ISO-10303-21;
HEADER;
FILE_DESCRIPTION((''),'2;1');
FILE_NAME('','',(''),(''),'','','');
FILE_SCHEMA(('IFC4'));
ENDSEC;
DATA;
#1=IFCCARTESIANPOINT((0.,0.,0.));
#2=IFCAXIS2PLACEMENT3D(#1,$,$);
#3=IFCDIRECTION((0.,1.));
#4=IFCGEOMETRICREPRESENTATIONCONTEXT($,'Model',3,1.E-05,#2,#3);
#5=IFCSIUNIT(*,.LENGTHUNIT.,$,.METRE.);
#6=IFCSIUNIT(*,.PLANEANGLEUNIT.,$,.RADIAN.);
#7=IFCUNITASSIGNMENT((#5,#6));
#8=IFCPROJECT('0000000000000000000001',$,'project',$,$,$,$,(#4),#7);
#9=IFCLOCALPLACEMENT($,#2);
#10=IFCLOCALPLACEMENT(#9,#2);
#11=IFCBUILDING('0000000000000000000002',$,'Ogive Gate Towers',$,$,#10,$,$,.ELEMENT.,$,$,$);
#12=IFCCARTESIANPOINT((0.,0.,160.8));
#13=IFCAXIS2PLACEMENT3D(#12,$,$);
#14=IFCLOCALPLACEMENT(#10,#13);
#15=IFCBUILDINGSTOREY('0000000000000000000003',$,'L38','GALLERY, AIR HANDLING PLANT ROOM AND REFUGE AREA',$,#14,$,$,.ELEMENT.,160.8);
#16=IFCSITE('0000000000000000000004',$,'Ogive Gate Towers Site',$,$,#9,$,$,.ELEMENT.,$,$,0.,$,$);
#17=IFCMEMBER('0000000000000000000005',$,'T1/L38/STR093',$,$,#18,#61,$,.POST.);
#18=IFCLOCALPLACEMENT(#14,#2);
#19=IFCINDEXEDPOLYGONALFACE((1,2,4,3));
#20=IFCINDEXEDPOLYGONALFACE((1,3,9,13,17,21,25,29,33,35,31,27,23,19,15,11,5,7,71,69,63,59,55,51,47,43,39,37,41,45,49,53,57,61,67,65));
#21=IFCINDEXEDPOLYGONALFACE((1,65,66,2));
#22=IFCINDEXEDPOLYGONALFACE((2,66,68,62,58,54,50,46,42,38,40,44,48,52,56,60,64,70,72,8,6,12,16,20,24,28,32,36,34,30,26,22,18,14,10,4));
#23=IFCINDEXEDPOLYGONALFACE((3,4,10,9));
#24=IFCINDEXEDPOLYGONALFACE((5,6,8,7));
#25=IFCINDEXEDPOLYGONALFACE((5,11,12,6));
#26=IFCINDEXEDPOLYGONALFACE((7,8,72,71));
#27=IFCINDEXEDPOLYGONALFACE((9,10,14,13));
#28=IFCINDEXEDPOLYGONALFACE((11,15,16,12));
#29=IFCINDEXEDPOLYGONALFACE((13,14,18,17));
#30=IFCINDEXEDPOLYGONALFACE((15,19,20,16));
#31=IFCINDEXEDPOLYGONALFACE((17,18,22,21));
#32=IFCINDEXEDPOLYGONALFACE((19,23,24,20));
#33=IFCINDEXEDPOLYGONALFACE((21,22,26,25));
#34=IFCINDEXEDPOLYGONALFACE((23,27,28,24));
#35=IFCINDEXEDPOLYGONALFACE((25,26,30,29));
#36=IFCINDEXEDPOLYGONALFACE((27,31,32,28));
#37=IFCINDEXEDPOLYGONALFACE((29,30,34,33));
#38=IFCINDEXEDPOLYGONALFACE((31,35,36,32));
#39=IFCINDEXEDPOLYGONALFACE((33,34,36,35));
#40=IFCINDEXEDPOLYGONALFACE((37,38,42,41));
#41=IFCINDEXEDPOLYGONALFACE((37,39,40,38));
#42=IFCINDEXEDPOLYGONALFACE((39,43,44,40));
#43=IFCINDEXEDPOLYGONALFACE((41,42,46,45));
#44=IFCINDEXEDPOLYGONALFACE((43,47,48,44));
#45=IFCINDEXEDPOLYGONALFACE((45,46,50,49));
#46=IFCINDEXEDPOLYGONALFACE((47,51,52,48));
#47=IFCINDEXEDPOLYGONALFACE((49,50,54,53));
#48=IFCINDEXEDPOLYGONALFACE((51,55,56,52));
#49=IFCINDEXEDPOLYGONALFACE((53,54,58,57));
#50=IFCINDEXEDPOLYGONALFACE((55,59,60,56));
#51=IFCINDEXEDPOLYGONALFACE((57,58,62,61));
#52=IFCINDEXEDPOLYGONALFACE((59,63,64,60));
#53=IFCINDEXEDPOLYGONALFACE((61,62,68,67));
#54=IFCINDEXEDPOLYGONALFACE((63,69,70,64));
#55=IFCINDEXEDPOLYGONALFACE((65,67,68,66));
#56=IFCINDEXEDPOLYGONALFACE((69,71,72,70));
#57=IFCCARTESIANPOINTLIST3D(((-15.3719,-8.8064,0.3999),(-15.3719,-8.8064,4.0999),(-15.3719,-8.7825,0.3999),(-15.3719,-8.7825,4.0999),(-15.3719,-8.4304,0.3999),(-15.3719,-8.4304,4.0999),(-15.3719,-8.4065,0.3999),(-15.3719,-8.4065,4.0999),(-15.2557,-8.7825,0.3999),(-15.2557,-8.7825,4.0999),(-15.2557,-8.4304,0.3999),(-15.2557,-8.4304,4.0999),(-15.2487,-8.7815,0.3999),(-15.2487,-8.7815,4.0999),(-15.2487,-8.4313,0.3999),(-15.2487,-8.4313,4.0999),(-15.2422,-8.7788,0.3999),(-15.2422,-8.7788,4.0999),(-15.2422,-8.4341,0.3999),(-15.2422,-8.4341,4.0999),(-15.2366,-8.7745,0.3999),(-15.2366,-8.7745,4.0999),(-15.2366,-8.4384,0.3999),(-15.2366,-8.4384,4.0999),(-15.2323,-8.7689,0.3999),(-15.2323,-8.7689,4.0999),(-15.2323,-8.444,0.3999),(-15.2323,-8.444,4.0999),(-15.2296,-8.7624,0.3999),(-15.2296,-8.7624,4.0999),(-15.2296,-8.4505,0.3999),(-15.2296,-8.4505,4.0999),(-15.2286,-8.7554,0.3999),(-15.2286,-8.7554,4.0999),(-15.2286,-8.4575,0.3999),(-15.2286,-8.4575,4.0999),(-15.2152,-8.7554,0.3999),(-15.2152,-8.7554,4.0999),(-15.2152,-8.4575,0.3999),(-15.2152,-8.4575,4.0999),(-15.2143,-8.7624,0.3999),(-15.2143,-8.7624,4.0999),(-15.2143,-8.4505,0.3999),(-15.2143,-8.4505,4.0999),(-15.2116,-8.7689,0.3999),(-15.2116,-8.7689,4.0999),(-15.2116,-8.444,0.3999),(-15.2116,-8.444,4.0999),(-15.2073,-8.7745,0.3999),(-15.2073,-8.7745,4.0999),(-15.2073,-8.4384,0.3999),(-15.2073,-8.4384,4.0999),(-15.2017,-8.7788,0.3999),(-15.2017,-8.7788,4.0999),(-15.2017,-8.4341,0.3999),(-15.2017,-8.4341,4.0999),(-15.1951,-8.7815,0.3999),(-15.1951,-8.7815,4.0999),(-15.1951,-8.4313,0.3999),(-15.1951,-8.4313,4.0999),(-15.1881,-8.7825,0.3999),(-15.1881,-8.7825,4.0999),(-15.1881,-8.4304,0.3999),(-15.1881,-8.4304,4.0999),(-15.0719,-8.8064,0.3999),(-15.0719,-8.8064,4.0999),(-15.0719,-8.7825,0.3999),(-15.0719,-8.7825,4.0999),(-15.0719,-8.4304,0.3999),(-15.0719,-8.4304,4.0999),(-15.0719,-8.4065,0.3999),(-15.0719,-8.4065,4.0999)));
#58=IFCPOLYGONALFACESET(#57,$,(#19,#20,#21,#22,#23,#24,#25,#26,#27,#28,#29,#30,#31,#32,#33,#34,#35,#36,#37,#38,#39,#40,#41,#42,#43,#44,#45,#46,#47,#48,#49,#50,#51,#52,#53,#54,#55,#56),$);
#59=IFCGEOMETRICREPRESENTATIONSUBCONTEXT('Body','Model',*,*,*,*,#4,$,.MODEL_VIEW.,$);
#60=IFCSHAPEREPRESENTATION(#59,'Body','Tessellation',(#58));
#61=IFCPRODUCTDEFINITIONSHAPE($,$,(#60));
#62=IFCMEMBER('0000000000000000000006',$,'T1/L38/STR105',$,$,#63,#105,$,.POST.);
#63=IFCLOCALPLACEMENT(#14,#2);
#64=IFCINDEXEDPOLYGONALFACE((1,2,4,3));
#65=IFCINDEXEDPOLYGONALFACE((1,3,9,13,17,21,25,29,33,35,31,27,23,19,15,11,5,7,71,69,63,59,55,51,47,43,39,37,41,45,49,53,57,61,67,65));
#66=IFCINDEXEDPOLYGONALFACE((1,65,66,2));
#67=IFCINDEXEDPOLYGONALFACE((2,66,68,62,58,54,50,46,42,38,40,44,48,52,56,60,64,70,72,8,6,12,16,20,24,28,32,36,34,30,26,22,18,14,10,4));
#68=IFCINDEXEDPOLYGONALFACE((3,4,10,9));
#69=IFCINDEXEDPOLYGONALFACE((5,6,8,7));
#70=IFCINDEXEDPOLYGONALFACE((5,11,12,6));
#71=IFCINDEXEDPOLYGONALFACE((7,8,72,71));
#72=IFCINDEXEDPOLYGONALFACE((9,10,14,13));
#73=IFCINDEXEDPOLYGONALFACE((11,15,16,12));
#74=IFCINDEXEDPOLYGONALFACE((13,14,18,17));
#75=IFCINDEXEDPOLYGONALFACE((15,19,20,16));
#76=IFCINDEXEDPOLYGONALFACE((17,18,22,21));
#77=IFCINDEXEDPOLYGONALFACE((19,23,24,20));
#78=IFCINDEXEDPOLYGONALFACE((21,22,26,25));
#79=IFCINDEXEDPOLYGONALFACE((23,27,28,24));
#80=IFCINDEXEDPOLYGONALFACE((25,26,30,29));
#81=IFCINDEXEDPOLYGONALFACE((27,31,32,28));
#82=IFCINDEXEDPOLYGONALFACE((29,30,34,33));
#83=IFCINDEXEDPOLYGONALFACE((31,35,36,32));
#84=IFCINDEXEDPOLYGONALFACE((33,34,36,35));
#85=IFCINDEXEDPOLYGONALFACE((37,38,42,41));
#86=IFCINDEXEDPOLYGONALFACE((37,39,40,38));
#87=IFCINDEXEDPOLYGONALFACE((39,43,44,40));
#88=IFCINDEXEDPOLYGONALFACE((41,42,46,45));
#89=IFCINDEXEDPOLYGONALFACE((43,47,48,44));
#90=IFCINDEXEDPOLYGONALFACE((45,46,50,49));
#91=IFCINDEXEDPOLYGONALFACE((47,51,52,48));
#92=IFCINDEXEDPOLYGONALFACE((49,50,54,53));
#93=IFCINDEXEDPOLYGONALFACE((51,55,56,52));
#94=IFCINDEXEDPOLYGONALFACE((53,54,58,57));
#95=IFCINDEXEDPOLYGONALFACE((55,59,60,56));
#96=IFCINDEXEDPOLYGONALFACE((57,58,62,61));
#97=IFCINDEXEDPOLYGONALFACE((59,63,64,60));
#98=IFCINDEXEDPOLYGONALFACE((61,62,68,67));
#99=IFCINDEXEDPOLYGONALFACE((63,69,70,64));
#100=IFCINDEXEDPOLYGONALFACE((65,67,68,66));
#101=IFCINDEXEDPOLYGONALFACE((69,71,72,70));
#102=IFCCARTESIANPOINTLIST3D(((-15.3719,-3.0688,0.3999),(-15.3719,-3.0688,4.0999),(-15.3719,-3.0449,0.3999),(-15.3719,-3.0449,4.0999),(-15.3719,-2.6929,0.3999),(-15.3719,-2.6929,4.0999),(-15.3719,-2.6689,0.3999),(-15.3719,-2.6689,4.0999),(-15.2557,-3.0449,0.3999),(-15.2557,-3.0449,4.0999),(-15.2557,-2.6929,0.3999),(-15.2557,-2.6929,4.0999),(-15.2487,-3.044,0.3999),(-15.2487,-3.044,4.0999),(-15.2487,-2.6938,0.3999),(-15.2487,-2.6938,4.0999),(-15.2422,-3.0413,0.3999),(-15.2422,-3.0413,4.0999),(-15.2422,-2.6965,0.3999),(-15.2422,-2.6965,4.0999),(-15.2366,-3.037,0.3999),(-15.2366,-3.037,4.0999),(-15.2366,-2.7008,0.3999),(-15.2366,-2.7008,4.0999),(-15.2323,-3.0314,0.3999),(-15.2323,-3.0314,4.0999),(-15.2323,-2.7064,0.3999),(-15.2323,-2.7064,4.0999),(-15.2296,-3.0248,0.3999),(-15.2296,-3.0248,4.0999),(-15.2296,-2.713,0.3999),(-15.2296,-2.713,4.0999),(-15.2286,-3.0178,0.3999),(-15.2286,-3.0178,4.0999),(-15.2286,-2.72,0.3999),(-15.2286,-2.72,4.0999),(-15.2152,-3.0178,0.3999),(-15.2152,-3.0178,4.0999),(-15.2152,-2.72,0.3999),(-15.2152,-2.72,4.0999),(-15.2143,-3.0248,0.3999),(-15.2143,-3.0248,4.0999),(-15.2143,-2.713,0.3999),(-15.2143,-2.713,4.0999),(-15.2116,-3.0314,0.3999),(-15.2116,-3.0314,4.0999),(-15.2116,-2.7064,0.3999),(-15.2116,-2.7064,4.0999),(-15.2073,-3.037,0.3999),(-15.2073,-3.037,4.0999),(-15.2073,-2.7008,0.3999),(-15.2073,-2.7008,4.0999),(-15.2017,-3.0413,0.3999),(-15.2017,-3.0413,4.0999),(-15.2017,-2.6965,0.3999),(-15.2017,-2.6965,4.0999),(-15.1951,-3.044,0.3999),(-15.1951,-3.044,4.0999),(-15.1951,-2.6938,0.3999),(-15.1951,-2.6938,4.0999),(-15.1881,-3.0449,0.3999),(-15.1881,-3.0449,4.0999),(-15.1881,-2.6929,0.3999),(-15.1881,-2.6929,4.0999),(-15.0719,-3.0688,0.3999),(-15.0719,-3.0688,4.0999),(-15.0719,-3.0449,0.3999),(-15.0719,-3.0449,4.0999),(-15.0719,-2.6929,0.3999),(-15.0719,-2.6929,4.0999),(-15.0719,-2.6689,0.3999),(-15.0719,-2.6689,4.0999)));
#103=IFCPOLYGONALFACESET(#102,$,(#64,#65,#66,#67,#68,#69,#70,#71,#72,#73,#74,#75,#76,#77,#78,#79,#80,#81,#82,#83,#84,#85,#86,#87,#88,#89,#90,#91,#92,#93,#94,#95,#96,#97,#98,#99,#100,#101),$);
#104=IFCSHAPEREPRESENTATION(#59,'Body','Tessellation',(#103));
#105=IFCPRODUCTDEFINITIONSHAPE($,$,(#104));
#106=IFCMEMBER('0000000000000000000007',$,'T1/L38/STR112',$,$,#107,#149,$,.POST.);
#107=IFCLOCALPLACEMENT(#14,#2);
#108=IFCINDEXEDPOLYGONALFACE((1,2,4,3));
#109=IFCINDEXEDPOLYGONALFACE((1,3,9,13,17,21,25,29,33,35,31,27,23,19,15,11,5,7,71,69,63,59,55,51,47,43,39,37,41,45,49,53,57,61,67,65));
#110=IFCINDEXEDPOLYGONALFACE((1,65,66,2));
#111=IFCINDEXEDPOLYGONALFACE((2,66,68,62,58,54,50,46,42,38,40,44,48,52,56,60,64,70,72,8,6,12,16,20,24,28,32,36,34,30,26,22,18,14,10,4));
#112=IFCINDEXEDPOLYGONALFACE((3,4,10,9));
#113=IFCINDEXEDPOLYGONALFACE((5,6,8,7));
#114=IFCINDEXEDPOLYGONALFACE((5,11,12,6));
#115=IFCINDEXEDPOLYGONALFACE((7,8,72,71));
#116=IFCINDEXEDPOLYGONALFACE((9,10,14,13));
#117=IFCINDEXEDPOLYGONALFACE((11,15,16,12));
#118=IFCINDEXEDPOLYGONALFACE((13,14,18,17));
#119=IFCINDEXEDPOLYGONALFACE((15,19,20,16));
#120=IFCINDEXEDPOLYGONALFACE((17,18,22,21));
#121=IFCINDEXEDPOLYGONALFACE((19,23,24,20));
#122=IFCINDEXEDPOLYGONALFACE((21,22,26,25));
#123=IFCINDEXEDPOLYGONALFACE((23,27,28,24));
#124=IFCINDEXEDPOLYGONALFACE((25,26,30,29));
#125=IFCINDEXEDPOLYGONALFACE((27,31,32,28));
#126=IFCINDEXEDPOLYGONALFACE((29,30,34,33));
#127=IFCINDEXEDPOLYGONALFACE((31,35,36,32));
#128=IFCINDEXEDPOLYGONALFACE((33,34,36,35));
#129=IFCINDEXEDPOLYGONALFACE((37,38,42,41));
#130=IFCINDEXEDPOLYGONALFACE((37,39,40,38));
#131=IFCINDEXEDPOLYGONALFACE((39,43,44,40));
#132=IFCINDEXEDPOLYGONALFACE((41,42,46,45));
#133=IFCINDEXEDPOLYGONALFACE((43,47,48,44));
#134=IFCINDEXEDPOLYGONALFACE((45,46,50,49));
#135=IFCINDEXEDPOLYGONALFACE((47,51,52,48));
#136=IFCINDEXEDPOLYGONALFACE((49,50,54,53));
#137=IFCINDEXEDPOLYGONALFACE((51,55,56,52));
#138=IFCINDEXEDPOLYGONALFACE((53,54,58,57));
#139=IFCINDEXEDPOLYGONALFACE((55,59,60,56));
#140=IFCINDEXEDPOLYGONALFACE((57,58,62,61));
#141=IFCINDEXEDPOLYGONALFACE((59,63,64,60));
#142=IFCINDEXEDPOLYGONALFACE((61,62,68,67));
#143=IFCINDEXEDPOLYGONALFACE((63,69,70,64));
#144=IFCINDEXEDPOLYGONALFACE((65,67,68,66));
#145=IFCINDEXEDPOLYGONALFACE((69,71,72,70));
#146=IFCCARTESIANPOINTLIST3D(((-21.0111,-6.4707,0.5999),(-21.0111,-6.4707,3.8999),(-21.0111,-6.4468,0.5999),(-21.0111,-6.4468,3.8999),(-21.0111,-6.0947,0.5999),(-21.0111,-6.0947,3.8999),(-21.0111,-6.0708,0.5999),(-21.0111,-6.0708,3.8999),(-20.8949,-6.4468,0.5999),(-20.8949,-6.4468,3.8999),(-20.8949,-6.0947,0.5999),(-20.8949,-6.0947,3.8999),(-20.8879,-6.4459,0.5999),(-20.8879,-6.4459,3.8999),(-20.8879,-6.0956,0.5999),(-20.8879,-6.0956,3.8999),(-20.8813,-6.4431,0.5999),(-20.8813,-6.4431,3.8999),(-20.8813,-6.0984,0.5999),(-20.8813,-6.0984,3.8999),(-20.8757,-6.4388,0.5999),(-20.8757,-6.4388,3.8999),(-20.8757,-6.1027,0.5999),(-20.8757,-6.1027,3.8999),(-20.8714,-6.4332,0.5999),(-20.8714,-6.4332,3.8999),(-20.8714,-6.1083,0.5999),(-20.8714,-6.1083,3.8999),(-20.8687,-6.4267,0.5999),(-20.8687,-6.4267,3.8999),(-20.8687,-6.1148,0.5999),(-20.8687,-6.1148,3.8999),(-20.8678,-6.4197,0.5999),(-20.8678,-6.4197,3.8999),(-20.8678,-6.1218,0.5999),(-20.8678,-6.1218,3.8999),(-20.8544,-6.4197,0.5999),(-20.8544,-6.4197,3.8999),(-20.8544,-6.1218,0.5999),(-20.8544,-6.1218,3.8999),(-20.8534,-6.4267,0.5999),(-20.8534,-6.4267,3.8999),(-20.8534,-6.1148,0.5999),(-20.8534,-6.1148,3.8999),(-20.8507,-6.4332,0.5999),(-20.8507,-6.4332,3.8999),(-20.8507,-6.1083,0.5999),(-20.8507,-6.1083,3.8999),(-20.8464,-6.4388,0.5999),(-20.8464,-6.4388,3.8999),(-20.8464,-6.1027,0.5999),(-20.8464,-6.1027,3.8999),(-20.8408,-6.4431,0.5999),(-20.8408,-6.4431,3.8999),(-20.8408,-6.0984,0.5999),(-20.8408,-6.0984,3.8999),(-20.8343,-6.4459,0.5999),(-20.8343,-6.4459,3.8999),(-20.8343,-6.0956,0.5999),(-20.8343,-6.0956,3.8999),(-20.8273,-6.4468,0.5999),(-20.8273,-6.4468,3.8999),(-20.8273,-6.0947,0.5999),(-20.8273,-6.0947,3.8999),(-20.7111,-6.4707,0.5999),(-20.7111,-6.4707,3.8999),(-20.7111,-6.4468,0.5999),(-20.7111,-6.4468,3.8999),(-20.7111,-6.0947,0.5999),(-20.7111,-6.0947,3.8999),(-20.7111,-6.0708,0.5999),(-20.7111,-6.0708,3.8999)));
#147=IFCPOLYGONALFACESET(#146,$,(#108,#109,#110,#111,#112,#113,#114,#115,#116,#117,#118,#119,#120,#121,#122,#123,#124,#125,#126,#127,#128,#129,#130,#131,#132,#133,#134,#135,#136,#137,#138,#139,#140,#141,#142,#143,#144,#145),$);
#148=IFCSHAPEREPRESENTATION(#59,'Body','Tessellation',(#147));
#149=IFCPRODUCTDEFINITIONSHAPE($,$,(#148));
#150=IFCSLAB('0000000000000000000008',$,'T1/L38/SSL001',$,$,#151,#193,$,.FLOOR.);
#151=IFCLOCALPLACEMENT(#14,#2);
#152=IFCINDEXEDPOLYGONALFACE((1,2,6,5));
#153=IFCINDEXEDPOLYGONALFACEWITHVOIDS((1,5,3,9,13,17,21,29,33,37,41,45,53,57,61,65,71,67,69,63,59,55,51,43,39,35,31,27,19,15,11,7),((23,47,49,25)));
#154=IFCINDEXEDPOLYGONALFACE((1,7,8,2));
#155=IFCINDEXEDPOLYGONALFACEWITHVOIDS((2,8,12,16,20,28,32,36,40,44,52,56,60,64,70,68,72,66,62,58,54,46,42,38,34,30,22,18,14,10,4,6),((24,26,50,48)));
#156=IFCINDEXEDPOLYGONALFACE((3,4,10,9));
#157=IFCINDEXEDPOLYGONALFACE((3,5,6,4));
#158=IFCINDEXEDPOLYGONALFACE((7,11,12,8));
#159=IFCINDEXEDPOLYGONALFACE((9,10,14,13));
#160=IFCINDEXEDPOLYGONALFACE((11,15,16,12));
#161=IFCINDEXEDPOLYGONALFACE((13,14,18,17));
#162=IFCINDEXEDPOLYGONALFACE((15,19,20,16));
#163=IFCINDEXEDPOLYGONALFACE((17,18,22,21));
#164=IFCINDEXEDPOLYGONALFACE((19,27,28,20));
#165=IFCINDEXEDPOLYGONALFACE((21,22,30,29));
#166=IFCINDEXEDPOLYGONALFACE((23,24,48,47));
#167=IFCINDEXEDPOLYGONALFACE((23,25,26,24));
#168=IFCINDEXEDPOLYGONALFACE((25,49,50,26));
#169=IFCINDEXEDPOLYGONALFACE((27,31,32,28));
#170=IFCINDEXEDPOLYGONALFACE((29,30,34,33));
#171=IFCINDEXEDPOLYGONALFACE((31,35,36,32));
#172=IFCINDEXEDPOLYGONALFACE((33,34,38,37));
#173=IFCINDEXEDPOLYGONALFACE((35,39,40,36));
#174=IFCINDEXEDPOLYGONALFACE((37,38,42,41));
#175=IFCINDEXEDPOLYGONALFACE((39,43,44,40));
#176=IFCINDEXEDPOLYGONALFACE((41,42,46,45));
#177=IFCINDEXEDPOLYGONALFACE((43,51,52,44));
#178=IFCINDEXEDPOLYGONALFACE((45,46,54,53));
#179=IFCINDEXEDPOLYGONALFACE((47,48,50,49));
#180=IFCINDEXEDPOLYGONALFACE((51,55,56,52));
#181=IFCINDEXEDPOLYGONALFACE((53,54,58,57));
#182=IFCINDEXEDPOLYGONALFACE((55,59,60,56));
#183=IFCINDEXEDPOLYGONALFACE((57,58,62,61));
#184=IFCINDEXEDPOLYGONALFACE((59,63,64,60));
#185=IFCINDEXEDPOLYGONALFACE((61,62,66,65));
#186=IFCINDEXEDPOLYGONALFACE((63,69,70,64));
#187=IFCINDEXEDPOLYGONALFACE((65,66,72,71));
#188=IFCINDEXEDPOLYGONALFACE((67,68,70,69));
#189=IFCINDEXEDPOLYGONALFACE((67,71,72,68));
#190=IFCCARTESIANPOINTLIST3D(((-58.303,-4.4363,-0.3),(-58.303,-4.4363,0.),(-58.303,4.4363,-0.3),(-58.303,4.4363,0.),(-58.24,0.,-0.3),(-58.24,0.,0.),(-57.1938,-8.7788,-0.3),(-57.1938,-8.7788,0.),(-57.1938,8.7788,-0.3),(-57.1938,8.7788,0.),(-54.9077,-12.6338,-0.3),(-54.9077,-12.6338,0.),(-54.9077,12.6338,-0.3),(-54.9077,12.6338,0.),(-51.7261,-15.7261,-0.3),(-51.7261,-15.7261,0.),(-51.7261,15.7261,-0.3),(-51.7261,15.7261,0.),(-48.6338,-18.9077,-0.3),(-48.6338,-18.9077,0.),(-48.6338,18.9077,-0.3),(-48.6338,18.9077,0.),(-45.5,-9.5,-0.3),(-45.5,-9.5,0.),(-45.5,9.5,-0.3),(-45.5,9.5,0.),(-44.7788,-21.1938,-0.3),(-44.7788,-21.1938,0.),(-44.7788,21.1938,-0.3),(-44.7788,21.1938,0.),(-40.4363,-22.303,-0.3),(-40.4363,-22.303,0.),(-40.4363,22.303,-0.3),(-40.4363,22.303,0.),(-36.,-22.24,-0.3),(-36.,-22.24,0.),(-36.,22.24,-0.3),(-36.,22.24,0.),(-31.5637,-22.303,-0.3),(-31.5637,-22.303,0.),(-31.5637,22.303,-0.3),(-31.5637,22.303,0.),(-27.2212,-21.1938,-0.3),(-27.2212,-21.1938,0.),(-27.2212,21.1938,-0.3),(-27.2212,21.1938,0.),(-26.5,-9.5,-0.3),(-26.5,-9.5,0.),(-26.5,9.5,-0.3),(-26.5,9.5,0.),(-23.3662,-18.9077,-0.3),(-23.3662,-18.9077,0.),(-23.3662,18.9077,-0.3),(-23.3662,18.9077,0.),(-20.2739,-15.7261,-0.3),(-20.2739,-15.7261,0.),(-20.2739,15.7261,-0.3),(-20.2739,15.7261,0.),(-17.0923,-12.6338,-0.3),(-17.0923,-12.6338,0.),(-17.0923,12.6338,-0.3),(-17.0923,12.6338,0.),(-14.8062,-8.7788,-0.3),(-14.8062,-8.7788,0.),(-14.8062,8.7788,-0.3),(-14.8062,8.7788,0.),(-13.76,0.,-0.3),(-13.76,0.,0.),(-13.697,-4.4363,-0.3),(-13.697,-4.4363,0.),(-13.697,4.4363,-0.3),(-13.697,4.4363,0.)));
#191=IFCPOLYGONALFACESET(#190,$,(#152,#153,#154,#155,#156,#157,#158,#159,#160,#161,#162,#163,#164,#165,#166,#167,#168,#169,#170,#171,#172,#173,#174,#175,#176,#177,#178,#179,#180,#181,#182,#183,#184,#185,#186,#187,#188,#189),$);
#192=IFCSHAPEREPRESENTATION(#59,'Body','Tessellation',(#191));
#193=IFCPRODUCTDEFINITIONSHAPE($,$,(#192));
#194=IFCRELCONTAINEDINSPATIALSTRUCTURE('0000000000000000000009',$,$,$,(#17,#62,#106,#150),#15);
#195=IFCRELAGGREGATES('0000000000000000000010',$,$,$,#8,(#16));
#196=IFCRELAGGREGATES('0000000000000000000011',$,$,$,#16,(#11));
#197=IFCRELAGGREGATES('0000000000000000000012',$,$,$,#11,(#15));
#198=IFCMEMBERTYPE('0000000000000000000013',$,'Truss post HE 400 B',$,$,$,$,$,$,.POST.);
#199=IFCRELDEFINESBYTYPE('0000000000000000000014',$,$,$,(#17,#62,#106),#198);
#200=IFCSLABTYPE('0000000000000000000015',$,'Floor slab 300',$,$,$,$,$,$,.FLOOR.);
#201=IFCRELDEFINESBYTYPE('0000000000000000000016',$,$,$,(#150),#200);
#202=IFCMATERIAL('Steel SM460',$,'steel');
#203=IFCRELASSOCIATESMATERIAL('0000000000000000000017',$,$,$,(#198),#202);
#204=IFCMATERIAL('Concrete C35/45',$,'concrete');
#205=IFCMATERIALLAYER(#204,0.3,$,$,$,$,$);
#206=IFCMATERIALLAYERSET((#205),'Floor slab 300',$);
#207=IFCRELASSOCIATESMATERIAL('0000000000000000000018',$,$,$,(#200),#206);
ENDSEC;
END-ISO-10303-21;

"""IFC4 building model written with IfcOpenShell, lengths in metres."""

from ifc_helpers import new_model, si_unit, direction, frame, origin, origin_2d, place, context, subcontext, project, spatial, polyline, i_section, outline, extrude, material, layer, layer_set, material_profile, profile_set, type_object, element, save


model = new_model("IFC4")

# Units and contexts
model_context = context("Model", 3, precision=1e-05, world=origin(), true_north=direction((0.0, 1.0)))
body_context = subcontext(model_context, "Body", "Model", "MODEL_VIEW")
ifc_project = project(units=[si_unit("LENGTHUNIT", "METRE"), si_unit("PLANEANGLEUNIT", "RADIAN")], contexts=[model_context])

# Site, building, storey
site_placement = place(None, origin())
site = spatial("IfcSite", under=ifc_project, at=site_placement, Name="Ogive Gate Towers Site", CompositionType="ELEMENT", RefElevation=0.0)
building_placement = place(site_placement, origin())
building = spatial("IfcBuilding", under=site, at=building_placement, Name="Ogive Gate Towers", CompositionType="ELEMENT")
storey_placement = place(building_placement, frame((0.0, 0.0, 160.8)))
storey = spatial("IfcBuildingStorey", under=building, at=storey_placement, Name="L38", Description="GALLERY, AIR HANDLING PLANT ROOM AND REFUGE AREA", CompositionType="ELEMENT", Elevation=160.8)

# Shared definitions
ifc_material_1 = material(Name="Steel SM460", Category="steel")

# Members
ifc_material_profile_1 = material_profile(ifc_material_1, i_section(OverallWidth=0.3, OverallDepth=0.3999, WebThickness=0.0134, FlangeThickness=0.0239, FilletRadius=0.0271, at=origin_2d()), Name="HE 400 B")
ifc_profile_set_1 = profile_set([ifc_material_profile_1], Name="Steel SM460")
member_type_1 = type_object("IfcMemberType", Name="Truss post HE 400 B", PredefinedType="POST", material=ifc_profile_set_1)
for number, where, z_axis, x_axis, name in (
    (1, (-15.2219, -8.6064, 0.3999), (0.0, 0.0, 1.0), (1.0, 0.0, 0.0), "T1/L38/STR093"),
    (2, (-15.2219, -2.8689, 0.3999), (0.0, 0.0, 1.0), (1.0, 0.0, 0.0), "T1/L38/STR105"),
):
    element("IfcMember", number, at=place(storey_placement, frame(where, z_axis=z_axis, x_axis=x_axis)), inside=storey, type_object=member_type_1, Name=name, PredefinedType="POST", context=body_context, shape_type="SweptSolid", body=[
        extrude(i_section(OverallWidth=0.3, OverallDepth=0.3999, WebThickness=0.0134, FlangeThickness=0.0239, FilletRadius=0.0271, at=origin_2d()), origin(), (0.0, 0.0, 1.0), 3.7),
    ])
member_1_placement = place(storey_placement, frame((-20.8611, -6.2708, 0.5999), z_axis=(0.0, 0.0, 1.0), x_axis=(1.0, 0.0, 0.0)))
element("IfcMember", 3, at=member_1_placement, inside=storey, type_object=member_type_1, Name="T1/L38/STR112", PredefinedType="POST", context=body_context, shape_type="SweptSolid", body=[
    extrude(i_section(OverallWidth=0.3, OverallDepth=0.3999, WebThickness=0.0134, FlangeThickness=0.0239, FilletRadius=0.0271, at=origin_2d()), origin(), (0.0, 0.0, 1.0), 3.3),
])

# Slab
ifc_material_2 = material(Name="Concrete C35/45", Category="concrete")
ifc_layer_1 = layer(ifc_material_2, 0.3)
ifc_layer_set_1 = layer_set([ifc_layer_1], Name="Floor slab 300")
slab_type_1 = type_object("IfcSlabType", Name="Floor slab 300", PredefinedType="FLOOR", material=ifc_layer_set_1)
slab_1_placement = place(storey_placement, frame((0.0, 0.0, -0.3)))
element("IfcSlab", 4, at=slab_1_placement, inside=storey, type_object=slab_type_1, Name="T1/L38/SSL001", PredefinedType="FLOOR", context=body_context, shape_type="SweptSolid", body=[
    extrude(outline(polyline([(-13.697, -4.4363), (-13.76, 0.0), (-13.697, 4.4363), (-14.8062, 8.7788), (-17.0923, 12.6338), (-20.2739, 15.7261), (-23.3662, 18.9077), (-27.2212, 21.1938), (-31.5637, 22.303), (-36.0, 22.24), (-40.4363, 22.303), (-44.7788, 21.1938), (-48.6338, 18.9077), (-51.7261, 15.7261), (-54.9077, 12.6338), (-57.1938, 8.7788), (-58.303, 4.4363), (-58.24, 0.0), (-58.303, -4.4363), (-57.1938, -8.7788), (-54.9077, -12.6338), (-51.7261, -15.7261), (-48.6338, -18.9077), (-44.7788, -21.1938), (-40.4363, -22.303), (-36.0, -22.24), (-31.5637, -22.303), (-27.2212, -21.1938), (-23.3662, -18.9077), (-20.2739, -15.7261), (-17.0923, -12.6338), (-14.8062, -8.7788), (-13.697, -4.4363)]), holes=[polyline([(-26.5, -9.5), (-45.5, -9.5), (-45.5, 9.5), (-26.5, 9.5), (-26.5, -9.5)])]), origin(), (0.0, 0.0, 1.0), 0.3),
])

save(model, "model.ifc")
